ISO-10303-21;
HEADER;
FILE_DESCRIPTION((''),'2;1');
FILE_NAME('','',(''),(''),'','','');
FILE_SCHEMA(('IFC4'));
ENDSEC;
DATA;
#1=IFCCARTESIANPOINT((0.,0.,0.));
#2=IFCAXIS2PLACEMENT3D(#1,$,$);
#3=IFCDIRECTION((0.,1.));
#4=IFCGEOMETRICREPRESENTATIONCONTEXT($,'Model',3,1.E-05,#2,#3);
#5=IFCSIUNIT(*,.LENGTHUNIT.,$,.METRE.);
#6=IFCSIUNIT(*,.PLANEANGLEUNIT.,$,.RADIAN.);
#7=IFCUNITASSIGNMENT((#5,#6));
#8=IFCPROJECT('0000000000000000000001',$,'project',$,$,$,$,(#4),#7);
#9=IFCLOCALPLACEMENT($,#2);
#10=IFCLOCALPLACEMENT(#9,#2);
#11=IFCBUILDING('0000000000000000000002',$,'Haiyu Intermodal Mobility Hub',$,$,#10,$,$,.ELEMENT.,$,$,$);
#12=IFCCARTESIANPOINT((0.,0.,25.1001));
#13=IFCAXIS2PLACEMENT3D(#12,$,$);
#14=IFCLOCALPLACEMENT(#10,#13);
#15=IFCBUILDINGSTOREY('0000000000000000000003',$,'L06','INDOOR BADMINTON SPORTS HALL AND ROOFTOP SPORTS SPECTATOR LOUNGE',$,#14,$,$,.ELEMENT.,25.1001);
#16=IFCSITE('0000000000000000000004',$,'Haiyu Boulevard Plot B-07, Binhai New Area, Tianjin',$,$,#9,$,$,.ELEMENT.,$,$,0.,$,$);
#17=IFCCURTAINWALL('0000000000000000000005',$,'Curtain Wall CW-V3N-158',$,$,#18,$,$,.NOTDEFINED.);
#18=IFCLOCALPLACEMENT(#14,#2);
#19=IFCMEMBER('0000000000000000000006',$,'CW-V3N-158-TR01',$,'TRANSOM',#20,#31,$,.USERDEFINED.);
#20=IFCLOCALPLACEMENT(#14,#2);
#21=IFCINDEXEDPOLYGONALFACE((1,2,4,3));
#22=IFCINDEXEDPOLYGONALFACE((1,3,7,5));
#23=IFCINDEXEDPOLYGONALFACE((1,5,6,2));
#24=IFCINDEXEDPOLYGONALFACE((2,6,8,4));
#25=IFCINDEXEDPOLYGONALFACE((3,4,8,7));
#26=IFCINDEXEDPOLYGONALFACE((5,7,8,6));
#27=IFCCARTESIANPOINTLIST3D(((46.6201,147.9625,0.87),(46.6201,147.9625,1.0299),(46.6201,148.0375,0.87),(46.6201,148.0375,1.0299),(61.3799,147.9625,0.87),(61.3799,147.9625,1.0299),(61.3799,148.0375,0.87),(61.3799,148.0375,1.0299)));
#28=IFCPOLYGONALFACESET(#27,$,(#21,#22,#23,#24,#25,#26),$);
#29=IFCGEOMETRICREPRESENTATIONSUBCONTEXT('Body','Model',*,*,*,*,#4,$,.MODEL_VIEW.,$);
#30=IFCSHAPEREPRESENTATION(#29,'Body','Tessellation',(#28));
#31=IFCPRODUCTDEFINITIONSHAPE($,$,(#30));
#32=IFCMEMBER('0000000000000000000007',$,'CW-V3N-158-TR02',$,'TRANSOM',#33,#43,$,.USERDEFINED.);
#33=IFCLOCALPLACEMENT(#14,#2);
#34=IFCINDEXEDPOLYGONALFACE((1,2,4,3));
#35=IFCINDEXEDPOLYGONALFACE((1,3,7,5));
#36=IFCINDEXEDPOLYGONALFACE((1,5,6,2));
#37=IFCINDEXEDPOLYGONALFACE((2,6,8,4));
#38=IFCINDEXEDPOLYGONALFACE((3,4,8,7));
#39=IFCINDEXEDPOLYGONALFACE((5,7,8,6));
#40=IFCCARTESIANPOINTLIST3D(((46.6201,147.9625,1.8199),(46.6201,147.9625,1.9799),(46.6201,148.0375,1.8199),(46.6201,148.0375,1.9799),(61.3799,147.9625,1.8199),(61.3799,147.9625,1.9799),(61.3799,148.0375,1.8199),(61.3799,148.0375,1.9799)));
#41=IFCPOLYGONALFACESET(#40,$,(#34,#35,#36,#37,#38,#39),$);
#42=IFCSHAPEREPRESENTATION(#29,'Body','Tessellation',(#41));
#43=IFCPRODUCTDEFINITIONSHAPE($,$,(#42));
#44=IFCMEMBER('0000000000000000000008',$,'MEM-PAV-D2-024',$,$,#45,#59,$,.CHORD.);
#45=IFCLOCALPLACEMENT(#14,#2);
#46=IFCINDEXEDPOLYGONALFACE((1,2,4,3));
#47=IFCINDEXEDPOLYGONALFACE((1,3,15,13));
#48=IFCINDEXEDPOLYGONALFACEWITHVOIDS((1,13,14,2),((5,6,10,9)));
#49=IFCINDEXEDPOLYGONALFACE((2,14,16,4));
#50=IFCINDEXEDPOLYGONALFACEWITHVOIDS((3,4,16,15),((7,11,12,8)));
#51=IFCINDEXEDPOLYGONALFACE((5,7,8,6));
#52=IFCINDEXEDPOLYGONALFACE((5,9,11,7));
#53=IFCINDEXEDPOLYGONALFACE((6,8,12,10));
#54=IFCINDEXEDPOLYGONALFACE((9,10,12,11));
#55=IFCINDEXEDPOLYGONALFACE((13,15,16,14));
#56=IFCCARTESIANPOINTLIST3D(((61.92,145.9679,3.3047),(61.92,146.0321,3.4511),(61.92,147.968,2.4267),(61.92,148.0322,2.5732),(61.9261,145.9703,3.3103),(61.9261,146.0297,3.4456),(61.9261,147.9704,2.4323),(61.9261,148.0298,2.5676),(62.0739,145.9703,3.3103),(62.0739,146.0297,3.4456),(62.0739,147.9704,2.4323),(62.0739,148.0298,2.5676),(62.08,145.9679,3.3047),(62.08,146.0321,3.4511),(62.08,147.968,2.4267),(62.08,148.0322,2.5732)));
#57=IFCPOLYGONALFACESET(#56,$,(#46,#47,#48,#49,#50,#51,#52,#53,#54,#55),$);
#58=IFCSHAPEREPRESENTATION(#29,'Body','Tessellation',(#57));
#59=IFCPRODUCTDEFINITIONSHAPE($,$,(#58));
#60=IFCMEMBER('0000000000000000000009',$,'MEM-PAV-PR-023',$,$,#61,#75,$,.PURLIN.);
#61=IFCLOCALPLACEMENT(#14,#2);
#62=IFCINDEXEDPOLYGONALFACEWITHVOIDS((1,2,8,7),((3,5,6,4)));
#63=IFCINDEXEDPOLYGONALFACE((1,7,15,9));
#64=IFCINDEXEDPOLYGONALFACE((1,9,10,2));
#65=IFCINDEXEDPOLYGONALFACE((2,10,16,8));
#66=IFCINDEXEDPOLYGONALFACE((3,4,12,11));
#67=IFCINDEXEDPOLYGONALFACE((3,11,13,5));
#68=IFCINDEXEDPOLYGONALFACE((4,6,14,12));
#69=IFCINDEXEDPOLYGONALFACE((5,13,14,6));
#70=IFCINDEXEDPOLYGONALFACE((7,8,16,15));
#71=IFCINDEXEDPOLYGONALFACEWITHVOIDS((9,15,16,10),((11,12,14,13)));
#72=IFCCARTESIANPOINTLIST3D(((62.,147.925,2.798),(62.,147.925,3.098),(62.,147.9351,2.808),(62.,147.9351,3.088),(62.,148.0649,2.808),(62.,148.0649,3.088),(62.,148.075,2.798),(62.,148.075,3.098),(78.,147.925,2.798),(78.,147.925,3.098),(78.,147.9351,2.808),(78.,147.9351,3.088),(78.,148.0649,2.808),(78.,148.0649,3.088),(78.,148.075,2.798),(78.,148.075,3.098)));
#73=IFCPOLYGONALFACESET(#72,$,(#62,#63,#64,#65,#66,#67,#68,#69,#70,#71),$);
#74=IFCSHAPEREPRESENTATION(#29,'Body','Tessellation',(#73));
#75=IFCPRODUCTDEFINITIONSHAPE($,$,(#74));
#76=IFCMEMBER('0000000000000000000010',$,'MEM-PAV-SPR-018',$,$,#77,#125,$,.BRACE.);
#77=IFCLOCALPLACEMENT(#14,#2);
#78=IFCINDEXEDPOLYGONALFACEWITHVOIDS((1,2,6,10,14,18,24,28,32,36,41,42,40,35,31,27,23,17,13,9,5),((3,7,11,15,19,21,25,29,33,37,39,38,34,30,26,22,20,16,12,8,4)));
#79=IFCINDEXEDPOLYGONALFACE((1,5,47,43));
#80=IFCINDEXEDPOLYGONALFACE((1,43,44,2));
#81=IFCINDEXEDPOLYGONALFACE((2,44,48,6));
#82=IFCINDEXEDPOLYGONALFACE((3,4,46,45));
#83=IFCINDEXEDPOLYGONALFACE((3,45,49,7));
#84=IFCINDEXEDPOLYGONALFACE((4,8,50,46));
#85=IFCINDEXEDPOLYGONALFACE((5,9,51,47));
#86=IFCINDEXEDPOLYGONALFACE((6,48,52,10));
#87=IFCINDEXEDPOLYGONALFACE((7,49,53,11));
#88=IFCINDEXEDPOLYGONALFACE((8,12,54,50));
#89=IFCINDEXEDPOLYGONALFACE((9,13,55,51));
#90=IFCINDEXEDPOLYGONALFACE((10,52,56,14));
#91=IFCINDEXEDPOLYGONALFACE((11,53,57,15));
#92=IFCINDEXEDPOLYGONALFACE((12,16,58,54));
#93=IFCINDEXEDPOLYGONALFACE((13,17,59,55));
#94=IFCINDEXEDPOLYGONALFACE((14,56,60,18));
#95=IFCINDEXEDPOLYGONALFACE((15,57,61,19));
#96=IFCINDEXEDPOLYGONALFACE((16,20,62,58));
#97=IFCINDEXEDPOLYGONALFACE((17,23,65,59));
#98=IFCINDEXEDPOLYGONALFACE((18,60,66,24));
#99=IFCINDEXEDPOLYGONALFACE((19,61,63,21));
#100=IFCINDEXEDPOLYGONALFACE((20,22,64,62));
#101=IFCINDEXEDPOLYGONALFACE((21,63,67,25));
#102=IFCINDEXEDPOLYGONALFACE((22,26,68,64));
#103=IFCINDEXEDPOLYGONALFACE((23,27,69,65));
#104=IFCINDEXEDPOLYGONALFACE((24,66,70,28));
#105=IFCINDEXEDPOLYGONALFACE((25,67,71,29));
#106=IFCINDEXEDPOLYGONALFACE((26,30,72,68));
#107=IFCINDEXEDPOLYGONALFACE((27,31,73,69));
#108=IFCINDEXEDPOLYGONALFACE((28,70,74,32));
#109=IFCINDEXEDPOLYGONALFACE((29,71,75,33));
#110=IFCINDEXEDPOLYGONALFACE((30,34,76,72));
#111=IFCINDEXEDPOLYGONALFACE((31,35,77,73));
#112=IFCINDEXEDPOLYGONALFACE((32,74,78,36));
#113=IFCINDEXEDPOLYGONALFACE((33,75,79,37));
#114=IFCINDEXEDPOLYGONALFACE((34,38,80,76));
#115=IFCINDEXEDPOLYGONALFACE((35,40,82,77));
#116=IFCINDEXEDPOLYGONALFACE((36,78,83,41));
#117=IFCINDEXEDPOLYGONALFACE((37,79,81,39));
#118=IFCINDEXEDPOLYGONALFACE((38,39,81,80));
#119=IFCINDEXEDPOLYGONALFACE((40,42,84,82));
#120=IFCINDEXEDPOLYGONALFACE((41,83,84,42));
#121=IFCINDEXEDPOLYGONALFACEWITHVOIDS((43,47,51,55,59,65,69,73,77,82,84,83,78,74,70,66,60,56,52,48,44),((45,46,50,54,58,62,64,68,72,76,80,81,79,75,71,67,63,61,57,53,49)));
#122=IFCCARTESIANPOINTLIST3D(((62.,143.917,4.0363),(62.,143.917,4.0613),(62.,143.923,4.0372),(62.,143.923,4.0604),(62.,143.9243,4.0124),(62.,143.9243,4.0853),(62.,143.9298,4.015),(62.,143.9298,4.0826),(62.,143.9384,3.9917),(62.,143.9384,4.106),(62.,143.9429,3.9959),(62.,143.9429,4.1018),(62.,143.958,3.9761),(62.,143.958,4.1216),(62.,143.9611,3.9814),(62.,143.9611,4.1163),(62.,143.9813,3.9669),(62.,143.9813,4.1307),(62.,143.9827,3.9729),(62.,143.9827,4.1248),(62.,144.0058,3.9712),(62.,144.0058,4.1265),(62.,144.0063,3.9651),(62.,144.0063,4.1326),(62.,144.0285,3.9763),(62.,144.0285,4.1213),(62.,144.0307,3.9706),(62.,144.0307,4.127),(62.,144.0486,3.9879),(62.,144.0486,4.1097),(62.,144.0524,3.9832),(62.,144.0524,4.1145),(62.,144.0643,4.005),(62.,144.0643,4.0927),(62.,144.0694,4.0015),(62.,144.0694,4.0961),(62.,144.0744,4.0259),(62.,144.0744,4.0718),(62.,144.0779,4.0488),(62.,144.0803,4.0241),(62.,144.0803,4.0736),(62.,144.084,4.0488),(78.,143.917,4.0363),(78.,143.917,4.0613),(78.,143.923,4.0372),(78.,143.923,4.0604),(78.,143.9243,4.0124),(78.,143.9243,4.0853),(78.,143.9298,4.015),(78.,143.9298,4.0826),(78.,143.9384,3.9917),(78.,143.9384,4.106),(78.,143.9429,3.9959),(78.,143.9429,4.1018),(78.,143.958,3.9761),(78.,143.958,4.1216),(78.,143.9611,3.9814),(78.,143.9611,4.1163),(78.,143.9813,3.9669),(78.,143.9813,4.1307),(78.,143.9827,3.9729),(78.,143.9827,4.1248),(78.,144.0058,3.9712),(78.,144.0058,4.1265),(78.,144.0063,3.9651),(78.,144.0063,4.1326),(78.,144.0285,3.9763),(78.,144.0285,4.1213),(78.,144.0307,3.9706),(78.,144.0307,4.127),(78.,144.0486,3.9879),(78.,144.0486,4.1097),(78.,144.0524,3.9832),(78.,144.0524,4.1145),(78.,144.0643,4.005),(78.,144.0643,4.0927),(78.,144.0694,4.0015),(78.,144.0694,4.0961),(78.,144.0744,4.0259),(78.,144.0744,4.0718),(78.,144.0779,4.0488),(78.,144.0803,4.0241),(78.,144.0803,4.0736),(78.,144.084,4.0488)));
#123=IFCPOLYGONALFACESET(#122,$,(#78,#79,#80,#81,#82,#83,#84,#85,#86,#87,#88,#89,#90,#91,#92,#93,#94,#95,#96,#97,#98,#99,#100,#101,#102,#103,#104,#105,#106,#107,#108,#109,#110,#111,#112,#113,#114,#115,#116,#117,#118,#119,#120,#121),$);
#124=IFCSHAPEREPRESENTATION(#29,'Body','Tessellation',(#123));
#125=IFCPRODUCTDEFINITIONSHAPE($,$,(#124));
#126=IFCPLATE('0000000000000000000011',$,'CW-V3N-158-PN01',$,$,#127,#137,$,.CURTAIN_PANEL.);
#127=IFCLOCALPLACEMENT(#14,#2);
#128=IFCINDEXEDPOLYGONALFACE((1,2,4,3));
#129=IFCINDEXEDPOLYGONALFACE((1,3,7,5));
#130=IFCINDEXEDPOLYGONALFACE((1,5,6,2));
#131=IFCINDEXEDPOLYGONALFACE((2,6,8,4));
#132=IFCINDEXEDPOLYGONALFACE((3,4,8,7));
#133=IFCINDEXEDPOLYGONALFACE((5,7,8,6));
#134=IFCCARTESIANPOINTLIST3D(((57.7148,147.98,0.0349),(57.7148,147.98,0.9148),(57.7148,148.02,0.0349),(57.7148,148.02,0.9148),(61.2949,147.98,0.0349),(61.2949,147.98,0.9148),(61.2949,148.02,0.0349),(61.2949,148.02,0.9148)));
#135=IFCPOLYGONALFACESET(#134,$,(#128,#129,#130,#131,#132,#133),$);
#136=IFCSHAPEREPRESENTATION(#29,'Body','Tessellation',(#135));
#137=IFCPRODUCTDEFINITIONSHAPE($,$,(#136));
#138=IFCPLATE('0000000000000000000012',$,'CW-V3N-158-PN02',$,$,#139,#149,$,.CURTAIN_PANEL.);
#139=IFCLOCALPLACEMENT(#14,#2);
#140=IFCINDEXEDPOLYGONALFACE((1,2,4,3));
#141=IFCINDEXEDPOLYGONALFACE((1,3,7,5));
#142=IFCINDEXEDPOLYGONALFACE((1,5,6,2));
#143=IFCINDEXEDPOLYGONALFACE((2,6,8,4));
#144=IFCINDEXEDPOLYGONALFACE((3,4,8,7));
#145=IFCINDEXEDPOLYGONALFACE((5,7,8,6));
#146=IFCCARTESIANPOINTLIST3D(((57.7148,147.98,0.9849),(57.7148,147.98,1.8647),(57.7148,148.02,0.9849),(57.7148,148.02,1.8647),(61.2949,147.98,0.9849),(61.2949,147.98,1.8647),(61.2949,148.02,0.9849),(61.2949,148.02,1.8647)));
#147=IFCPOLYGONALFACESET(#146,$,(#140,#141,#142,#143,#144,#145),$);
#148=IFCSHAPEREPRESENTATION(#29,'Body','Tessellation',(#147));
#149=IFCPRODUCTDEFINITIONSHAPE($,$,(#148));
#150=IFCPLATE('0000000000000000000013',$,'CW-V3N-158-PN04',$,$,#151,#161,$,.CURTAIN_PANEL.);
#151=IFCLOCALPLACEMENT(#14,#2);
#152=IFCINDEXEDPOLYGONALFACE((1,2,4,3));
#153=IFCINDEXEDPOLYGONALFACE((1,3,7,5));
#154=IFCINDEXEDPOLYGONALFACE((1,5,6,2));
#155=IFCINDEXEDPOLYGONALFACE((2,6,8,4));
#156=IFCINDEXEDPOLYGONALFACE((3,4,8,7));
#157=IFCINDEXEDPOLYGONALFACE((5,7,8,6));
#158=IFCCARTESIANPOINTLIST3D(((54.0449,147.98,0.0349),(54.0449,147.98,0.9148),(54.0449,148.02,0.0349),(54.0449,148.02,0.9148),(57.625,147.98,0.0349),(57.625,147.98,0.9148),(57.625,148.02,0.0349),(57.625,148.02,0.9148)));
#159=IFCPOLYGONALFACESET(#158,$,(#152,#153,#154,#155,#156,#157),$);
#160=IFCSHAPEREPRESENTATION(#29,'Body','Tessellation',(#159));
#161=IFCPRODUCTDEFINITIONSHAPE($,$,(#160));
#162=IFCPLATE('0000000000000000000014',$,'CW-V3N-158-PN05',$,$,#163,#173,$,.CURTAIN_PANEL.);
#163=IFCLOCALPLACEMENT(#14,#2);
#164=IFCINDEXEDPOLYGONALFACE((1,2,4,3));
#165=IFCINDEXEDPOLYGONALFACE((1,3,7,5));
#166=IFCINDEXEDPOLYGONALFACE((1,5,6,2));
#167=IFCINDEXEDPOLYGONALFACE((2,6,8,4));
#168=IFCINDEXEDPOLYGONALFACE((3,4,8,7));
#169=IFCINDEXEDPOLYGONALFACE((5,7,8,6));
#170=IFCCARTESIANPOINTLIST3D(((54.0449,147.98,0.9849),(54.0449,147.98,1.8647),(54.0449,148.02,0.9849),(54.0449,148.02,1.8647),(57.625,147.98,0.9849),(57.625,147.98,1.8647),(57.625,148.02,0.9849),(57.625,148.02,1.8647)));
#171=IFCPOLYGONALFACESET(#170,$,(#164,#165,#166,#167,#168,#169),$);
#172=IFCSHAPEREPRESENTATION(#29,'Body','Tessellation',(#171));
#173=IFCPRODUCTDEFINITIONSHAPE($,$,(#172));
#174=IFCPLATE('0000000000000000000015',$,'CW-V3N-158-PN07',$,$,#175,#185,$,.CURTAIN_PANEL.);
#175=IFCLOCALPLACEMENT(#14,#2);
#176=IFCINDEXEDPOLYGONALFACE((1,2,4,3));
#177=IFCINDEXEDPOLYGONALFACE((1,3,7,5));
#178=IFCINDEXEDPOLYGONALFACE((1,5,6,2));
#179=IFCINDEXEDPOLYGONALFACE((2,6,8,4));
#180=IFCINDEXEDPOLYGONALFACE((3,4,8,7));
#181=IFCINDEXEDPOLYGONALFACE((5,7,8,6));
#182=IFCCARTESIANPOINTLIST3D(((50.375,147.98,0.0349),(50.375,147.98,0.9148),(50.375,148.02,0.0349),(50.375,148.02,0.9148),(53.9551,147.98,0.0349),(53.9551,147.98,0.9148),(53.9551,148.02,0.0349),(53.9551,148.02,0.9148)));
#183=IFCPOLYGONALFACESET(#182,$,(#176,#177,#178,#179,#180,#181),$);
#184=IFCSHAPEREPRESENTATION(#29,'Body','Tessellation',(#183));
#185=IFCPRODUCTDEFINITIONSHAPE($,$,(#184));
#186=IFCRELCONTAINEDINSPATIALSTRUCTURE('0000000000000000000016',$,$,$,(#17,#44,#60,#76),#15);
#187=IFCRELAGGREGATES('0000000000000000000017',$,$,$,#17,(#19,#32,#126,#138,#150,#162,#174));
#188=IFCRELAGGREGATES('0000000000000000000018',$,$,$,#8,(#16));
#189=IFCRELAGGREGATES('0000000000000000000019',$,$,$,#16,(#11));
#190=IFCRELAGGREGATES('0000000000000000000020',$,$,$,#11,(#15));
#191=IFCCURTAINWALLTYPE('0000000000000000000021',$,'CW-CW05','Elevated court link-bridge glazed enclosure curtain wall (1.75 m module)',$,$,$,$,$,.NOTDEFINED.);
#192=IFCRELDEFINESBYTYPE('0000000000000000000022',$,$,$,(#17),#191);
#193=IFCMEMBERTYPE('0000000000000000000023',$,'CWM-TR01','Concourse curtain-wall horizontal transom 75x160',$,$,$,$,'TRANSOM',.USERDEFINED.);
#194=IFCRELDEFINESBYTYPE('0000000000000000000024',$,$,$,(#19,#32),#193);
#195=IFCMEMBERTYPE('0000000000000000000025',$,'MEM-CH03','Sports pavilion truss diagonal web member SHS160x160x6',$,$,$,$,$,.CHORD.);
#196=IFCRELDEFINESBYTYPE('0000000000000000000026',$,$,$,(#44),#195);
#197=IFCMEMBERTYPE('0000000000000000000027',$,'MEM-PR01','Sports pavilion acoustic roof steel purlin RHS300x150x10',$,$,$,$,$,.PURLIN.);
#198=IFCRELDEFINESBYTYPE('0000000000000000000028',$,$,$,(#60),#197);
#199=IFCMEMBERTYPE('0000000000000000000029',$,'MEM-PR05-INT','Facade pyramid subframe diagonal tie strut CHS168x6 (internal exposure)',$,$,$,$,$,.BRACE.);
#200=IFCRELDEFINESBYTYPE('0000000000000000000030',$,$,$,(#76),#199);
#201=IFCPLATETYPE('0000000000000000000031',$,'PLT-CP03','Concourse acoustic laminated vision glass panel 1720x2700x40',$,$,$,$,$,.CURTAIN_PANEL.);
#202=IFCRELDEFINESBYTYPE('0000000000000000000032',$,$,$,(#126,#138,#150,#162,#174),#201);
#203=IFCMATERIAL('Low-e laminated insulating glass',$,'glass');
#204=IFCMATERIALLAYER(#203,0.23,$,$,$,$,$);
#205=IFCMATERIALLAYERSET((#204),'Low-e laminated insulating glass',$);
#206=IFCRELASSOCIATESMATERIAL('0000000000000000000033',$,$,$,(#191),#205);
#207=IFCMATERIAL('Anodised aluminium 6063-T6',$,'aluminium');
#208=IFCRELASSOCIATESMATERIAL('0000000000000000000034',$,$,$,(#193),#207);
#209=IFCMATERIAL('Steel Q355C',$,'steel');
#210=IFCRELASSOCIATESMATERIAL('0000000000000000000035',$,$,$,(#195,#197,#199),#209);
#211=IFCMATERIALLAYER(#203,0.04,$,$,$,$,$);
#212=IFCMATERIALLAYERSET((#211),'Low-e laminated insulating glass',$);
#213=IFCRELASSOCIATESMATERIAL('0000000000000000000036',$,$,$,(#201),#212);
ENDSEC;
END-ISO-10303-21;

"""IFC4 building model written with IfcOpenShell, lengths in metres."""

from ifc_helpers import new_model, si_unit, direction, frame, origin, origin_2d, place, context, subcontext, project, spatial, rectangle, hollow_rectangle, hollow_circle, extrude, material, layer, layer_set, material_profile, profile_set, type_object, element, aggregate, save


model = new_model("IFC4")

# Units and contexts
model_context = context("Model", 3, precision=1e-05, world=origin(), true_north=direction((0.0, 1.0)))
body_context = subcontext(model_context, "Body", "Model", "MODEL_VIEW")
ifc_project = project(units=[si_unit("LENGTHUNIT", "METRE"), si_unit("PLANEANGLEUNIT", "RADIAN")], contexts=[model_context])

# Site, building, storey
site_placement = place(None, origin())
site = spatial("IfcSite", under=ifc_project, at=site_placement, Name="Haiyu Boulevard Plot B-07, Binhai New Area, Tianjin", CompositionType="ELEMENT", RefElevation=0.0)
building_placement = place(site_placement, origin())
building = spatial("IfcBuilding", under=site, at=building_placement, Name="Haiyu Intermodal Mobility Hub", CompositionType="ELEMENT")
storey_placement = place(building_placement, frame((0.0, 0.0, 25.1001)))
storey = spatial("IfcBuildingStorey", under=building, at=storey_placement, Name="L06", Description="INDOOR BADMINTON SPORTS HALL AND ROOFTOP SPORTS SPECTATOR LOUNGE", CompositionType="ELEMENT", Elevation=25.1001)

# Shared definitions
ifc_material_1 = material(Name="Steel Q355C", Category="steel")

# Curtain wall, members
ifc_material_2 = material(Name="Low-e laminated insulating glass", Category="glass")
ifc_layer_1 = layer(ifc_material_2, 0.23)
ifc_layer_set_1 = layer_set([ifc_layer_1], Name="Low-e laminated insulating glass")
curtain_wall_type = type_object("IfcCurtainWallType", Name="CW-CW05", Description="Elevated court link-bridge glazed enclosure curtain wall (1.75 m module)", PredefinedType="NOTDEFINED", material=ifc_layer_set_1)
curtain_wall_placement = place(storey_placement, origin())
curtain_wall = element("IfcCurtainWall", 1, at=curtain_wall_placement, inside=storey, type_object=curtain_wall_type, Name="Curtain Wall CW-V3N-158", PredefinedType="NOTDEFINED")
ifc_material_3 = material(Name="Anodised aluminium 6063-T6", Category="aluminium")
ifc_material_profile_1 = material_profile(ifc_material_3, rectangle(XDim=0.075, YDim=0.1599, at=origin_2d()), Name="ALU75x160")
ifc_profile_set_1 = profile_set([ifc_material_profile_1], Name="Anodised aluminium 6063-T6")
member_type_1 = type_object("IfcMemberType", Name="CWM-TR01", Description="Concourse curtain-wall horizontal transom 75x160", ElementType="TRANSOM", PredefinedType="USERDEFINED", material=ifc_profile_set_1)
member_1_placement = place(storey_placement, frame((61.3799, 148.0, 0.95), z_axis=(-1.0, 0.0, 0.0), x_axis=(0.0, -1.0, 0.0)))
member_1 = element("IfcMember", 2, at=member_1_placement, type_object=member_type_1, Name="CW-V3N-158-TR01", ObjectType="TRANSOM", PredefinedType="USERDEFINED", context=body_context, shape_type="SweptSolid", body=[
    extrude(rectangle(XDim=0.075, YDim=0.1599, at=origin_2d()), origin(), (0.0, 0.0, 1.0), 14.7598),
])
member_2_placement = place(storey_placement, frame((61.3799, 148.0, 1.8999), z_axis=(-1.0, 0.0, 0.0), x_axis=(0.0, -1.0, 0.0)))
member_2 = element("IfcMember", 3, at=member_2_placement, type_object=member_type_1, Name="CW-V3N-158-TR02", ObjectType="TRANSOM", PredefinedType="USERDEFINED", context=body_context, shape_type="SweptSolid", body=[
    extrude(rectangle(XDim=0.075, YDim=0.1599, at=origin_2d()), origin(), (0.0, 0.0, 1.0), 14.7598),
])

# Members
ifc_material_profile_2 = material_profile(ifc_material_1, hollow_rectangle(XDim=0.1599, YDim=0.1599, WallThickness=0.0061, at=origin_2d()), Name="SHS160x160x6")
ifc_profile_set_2 = profile_set([ifc_material_profile_2], Name="Steel Q355C")
member_type_2 = type_object("IfcMemberType", Name="MEM-CH03", Description="Sports pavilion truss diagonal web member SHS160x160x6", PredefinedType="CHORD", material=ifc_profile_set_2)
member_3_placement = place(storey_placement, frame((62.0, 146.0, 3.3779), z_axis=(0.0, 0.915664, -0.401944), x_axis=(-1.0, 0.0, 0.0)))
element("IfcMember", 4, at=member_3_placement, inside=storey, type_object=member_type_2, Name="MEM-PAV-D2-024", PredefinedType="CHORD", context=body_context, shape_type="SweptSolid", body=[
    extrude(hollow_rectangle(XDim=0.1599, YDim=0.1599, WallThickness=0.0061, at=origin_2d()), origin(), (0.0, 0.0, 1.0), 2.1843),
])
ifc_material_profile_3 = material_profile(ifc_material_1, hollow_rectangle(XDim=0.1499, YDim=0.3, WallThickness=0.01, at=origin_2d()), Name="RHS300x150x10")
ifc_profile_set_3 = profile_set([ifc_material_profile_3], Name="Steel Q355C")
member_type_3 = type_object("IfcMemberType", Name="MEM-PR01", Description="Sports pavilion acoustic roof steel purlin RHS300x150x10", PredefinedType="PURLIN", material=ifc_profile_set_3)
member_4_placement = place(storey_placement, frame((62.0, 148.0, 2.948), z_axis=(1.0, 0.0, 0.0), x_axis=(0.0, 1.0, 0.0)))
element("IfcMember", 5, at=member_4_placement, inside=storey, type_object=member_type_3, Name="MEM-PAV-PR-023", PredefinedType="PURLIN", context=body_context, shape_type="SweptSolid", body=[
    extrude(hollow_rectangle(XDim=0.1499, YDim=0.3, WallThickness=0.01, at=origin_2d()), origin(), (0.0, 0.0, 1.0), 16.0),
])
ifc_material_profile_4 = material_profile(ifc_material_1, hollow_circle(Radius=0.084, WallThickness=0.0061, at=origin_2d()), Name="CHS168x6")
ifc_profile_set_4 = profile_set([ifc_material_profile_4], Name="Steel Q355C")
member_type_4 = type_object("IfcMemberType", Name="MEM-PR05-INT", Description="Facade pyramid subframe diagonal tie strut CHS168x6 (internal exposure)", PredefinedType="BRACE", material=ifc_profile_set_4)
member_5_placement = place(storey_placement, frame((62.0, 144.0, 4.0488), z_axis=(1.0, 0.0, 0.0), x_axis=(0.0, 1.0, 0.0)))
element("IfcMember", 6, at=member_5_placement, inside=storey, type_object=member_type_4, Name="MEM-PAV-SPR-018", PredefinedType="BRACE", context=body_context, shape_type="SweptSolid", body=[
    extrude(hollow_circle(Radius=0.084, WallThickness=0.0061, at=origin_2d()), origin(), (0.0, 0.0, 1.0), 16.0),
])

# Plates
ifc_layer_2 = layer(ifc_material_2, 0.04)
ifc_layer_set_2 = layer_set([ifc_layer_2], Name="Low-e laminated insulating glass")
plate_type_1 = type_object("IfcPlateType", Name="PLT-CP03", Description="Concourse acoustic laminated vision glass panel 1720x2700x40", PredefinedType="CURTAIN_PANEL", material=ifc_layer_set_2)
plate_1_placement = place(storey_placement, frame((59.5049, 148.0, 0.0349), z_axis=(0.0, 0.0, 1.0), x_axis=(-1.0, 0.0, 0.0)))
plate_1 = element("IfcPlate", 7, at=plate_1_placement, type_object=plate_type_1, Name="CW-V3N-158-PN01", PredefinedType="CURTAIN_PANEL", context=body_context, shape_type="SweptSolid", body=[
    extrude(rectangle(XDim=3.5801, YDim=0.04, at=origin_2d()), origin(), (0.0, 0.0, 1.0), 0.8799),
])
plate_2_placement = place(storey_placement, frame((59.5049, 148.0, 0.9849), z_axis=(0.0, 0.0, 1.0), x_axis=(-1.0, 0.0, 0.0)))
plate_2 = element("IfcPlate", 8, at=plate_2_placement, type_object=plate_type_1, Name="CW-V3N-158-PN02", PredefinedType="CURTAIN_PANEL", context=body_context, shape_type="SweptSolid", body=[
    extrude(rectangle(XDim=3.5801, YDim=0.04, at=origin_2d()), origin(), (0.0, 0.0, 1.0), 0.8799),
])
plate_3_placement = place(storey_placement, frame((55.835, 148.0, 0.0349), z_axis=(0.0, 0.0, 1.0), x_axis=(-1.0, 0.0, 0.0)))
plate_3 = element("IfcPlate", 9, at=plate_3_placement, type_object=plate_type_1, Name="CW-V3N-158-PN04", PredefinedType="CURTAIN_PANEL", context=body_context, shape_type="SweptSolid", body=[
    extrude(rectangle(XDim=3.5801, YDim=0.04, at=origin_2d()), origin(), (0.0, 0.0, 1.0), 0.8799),
])
plate_4_placement = place(storey_placement, frame((55.835, 148.0, 0.9849), z_axis=(0.0, 0.0, 1.0), x_axis=(-1.0, 0.0, 0.0)))
plate_4 = element("IfcPlate", 10, at=plate_4_placement, type_object=plate_type_1, Name="CW-V3N-158-PN05", PredefinedType="CURTAIN_PANEL", context=body_context, shape_type="SweptSolid", body=[
    extrude(rectangle(XDim=3.5801, YDim=0.04, at=origin_2d()), origin(), (0.0, 0.0, 1.0), 0.8799),
])
plate_5_placement = place(storey_placement, frame((52.165, 148.0, 0.0349), z_axis=(0.0, 0.0, 1.0), x_axis=(-1.0, 0.0, 0.0)))
plate_5 = element("IfcPlate", 11, at=plate_5_placement, type_object=plate_type_1, Name="CW-V3N-158-PN07", PredefinedType="CURTAIN_PANEL", context=body_context, shape_type="SweptSolid", body=[
    extrude(rectangle(XDim=3.5801, YDim=0.04, at=origin_2d()), origin(), (0.0, 0.0, 1.0), 0.8799),
])
aggregate(curtain_wall, [member_1, member_2, plate_1, plate_2, plate_3, plate_4, plate_5])

save(model, "model.ifc")
